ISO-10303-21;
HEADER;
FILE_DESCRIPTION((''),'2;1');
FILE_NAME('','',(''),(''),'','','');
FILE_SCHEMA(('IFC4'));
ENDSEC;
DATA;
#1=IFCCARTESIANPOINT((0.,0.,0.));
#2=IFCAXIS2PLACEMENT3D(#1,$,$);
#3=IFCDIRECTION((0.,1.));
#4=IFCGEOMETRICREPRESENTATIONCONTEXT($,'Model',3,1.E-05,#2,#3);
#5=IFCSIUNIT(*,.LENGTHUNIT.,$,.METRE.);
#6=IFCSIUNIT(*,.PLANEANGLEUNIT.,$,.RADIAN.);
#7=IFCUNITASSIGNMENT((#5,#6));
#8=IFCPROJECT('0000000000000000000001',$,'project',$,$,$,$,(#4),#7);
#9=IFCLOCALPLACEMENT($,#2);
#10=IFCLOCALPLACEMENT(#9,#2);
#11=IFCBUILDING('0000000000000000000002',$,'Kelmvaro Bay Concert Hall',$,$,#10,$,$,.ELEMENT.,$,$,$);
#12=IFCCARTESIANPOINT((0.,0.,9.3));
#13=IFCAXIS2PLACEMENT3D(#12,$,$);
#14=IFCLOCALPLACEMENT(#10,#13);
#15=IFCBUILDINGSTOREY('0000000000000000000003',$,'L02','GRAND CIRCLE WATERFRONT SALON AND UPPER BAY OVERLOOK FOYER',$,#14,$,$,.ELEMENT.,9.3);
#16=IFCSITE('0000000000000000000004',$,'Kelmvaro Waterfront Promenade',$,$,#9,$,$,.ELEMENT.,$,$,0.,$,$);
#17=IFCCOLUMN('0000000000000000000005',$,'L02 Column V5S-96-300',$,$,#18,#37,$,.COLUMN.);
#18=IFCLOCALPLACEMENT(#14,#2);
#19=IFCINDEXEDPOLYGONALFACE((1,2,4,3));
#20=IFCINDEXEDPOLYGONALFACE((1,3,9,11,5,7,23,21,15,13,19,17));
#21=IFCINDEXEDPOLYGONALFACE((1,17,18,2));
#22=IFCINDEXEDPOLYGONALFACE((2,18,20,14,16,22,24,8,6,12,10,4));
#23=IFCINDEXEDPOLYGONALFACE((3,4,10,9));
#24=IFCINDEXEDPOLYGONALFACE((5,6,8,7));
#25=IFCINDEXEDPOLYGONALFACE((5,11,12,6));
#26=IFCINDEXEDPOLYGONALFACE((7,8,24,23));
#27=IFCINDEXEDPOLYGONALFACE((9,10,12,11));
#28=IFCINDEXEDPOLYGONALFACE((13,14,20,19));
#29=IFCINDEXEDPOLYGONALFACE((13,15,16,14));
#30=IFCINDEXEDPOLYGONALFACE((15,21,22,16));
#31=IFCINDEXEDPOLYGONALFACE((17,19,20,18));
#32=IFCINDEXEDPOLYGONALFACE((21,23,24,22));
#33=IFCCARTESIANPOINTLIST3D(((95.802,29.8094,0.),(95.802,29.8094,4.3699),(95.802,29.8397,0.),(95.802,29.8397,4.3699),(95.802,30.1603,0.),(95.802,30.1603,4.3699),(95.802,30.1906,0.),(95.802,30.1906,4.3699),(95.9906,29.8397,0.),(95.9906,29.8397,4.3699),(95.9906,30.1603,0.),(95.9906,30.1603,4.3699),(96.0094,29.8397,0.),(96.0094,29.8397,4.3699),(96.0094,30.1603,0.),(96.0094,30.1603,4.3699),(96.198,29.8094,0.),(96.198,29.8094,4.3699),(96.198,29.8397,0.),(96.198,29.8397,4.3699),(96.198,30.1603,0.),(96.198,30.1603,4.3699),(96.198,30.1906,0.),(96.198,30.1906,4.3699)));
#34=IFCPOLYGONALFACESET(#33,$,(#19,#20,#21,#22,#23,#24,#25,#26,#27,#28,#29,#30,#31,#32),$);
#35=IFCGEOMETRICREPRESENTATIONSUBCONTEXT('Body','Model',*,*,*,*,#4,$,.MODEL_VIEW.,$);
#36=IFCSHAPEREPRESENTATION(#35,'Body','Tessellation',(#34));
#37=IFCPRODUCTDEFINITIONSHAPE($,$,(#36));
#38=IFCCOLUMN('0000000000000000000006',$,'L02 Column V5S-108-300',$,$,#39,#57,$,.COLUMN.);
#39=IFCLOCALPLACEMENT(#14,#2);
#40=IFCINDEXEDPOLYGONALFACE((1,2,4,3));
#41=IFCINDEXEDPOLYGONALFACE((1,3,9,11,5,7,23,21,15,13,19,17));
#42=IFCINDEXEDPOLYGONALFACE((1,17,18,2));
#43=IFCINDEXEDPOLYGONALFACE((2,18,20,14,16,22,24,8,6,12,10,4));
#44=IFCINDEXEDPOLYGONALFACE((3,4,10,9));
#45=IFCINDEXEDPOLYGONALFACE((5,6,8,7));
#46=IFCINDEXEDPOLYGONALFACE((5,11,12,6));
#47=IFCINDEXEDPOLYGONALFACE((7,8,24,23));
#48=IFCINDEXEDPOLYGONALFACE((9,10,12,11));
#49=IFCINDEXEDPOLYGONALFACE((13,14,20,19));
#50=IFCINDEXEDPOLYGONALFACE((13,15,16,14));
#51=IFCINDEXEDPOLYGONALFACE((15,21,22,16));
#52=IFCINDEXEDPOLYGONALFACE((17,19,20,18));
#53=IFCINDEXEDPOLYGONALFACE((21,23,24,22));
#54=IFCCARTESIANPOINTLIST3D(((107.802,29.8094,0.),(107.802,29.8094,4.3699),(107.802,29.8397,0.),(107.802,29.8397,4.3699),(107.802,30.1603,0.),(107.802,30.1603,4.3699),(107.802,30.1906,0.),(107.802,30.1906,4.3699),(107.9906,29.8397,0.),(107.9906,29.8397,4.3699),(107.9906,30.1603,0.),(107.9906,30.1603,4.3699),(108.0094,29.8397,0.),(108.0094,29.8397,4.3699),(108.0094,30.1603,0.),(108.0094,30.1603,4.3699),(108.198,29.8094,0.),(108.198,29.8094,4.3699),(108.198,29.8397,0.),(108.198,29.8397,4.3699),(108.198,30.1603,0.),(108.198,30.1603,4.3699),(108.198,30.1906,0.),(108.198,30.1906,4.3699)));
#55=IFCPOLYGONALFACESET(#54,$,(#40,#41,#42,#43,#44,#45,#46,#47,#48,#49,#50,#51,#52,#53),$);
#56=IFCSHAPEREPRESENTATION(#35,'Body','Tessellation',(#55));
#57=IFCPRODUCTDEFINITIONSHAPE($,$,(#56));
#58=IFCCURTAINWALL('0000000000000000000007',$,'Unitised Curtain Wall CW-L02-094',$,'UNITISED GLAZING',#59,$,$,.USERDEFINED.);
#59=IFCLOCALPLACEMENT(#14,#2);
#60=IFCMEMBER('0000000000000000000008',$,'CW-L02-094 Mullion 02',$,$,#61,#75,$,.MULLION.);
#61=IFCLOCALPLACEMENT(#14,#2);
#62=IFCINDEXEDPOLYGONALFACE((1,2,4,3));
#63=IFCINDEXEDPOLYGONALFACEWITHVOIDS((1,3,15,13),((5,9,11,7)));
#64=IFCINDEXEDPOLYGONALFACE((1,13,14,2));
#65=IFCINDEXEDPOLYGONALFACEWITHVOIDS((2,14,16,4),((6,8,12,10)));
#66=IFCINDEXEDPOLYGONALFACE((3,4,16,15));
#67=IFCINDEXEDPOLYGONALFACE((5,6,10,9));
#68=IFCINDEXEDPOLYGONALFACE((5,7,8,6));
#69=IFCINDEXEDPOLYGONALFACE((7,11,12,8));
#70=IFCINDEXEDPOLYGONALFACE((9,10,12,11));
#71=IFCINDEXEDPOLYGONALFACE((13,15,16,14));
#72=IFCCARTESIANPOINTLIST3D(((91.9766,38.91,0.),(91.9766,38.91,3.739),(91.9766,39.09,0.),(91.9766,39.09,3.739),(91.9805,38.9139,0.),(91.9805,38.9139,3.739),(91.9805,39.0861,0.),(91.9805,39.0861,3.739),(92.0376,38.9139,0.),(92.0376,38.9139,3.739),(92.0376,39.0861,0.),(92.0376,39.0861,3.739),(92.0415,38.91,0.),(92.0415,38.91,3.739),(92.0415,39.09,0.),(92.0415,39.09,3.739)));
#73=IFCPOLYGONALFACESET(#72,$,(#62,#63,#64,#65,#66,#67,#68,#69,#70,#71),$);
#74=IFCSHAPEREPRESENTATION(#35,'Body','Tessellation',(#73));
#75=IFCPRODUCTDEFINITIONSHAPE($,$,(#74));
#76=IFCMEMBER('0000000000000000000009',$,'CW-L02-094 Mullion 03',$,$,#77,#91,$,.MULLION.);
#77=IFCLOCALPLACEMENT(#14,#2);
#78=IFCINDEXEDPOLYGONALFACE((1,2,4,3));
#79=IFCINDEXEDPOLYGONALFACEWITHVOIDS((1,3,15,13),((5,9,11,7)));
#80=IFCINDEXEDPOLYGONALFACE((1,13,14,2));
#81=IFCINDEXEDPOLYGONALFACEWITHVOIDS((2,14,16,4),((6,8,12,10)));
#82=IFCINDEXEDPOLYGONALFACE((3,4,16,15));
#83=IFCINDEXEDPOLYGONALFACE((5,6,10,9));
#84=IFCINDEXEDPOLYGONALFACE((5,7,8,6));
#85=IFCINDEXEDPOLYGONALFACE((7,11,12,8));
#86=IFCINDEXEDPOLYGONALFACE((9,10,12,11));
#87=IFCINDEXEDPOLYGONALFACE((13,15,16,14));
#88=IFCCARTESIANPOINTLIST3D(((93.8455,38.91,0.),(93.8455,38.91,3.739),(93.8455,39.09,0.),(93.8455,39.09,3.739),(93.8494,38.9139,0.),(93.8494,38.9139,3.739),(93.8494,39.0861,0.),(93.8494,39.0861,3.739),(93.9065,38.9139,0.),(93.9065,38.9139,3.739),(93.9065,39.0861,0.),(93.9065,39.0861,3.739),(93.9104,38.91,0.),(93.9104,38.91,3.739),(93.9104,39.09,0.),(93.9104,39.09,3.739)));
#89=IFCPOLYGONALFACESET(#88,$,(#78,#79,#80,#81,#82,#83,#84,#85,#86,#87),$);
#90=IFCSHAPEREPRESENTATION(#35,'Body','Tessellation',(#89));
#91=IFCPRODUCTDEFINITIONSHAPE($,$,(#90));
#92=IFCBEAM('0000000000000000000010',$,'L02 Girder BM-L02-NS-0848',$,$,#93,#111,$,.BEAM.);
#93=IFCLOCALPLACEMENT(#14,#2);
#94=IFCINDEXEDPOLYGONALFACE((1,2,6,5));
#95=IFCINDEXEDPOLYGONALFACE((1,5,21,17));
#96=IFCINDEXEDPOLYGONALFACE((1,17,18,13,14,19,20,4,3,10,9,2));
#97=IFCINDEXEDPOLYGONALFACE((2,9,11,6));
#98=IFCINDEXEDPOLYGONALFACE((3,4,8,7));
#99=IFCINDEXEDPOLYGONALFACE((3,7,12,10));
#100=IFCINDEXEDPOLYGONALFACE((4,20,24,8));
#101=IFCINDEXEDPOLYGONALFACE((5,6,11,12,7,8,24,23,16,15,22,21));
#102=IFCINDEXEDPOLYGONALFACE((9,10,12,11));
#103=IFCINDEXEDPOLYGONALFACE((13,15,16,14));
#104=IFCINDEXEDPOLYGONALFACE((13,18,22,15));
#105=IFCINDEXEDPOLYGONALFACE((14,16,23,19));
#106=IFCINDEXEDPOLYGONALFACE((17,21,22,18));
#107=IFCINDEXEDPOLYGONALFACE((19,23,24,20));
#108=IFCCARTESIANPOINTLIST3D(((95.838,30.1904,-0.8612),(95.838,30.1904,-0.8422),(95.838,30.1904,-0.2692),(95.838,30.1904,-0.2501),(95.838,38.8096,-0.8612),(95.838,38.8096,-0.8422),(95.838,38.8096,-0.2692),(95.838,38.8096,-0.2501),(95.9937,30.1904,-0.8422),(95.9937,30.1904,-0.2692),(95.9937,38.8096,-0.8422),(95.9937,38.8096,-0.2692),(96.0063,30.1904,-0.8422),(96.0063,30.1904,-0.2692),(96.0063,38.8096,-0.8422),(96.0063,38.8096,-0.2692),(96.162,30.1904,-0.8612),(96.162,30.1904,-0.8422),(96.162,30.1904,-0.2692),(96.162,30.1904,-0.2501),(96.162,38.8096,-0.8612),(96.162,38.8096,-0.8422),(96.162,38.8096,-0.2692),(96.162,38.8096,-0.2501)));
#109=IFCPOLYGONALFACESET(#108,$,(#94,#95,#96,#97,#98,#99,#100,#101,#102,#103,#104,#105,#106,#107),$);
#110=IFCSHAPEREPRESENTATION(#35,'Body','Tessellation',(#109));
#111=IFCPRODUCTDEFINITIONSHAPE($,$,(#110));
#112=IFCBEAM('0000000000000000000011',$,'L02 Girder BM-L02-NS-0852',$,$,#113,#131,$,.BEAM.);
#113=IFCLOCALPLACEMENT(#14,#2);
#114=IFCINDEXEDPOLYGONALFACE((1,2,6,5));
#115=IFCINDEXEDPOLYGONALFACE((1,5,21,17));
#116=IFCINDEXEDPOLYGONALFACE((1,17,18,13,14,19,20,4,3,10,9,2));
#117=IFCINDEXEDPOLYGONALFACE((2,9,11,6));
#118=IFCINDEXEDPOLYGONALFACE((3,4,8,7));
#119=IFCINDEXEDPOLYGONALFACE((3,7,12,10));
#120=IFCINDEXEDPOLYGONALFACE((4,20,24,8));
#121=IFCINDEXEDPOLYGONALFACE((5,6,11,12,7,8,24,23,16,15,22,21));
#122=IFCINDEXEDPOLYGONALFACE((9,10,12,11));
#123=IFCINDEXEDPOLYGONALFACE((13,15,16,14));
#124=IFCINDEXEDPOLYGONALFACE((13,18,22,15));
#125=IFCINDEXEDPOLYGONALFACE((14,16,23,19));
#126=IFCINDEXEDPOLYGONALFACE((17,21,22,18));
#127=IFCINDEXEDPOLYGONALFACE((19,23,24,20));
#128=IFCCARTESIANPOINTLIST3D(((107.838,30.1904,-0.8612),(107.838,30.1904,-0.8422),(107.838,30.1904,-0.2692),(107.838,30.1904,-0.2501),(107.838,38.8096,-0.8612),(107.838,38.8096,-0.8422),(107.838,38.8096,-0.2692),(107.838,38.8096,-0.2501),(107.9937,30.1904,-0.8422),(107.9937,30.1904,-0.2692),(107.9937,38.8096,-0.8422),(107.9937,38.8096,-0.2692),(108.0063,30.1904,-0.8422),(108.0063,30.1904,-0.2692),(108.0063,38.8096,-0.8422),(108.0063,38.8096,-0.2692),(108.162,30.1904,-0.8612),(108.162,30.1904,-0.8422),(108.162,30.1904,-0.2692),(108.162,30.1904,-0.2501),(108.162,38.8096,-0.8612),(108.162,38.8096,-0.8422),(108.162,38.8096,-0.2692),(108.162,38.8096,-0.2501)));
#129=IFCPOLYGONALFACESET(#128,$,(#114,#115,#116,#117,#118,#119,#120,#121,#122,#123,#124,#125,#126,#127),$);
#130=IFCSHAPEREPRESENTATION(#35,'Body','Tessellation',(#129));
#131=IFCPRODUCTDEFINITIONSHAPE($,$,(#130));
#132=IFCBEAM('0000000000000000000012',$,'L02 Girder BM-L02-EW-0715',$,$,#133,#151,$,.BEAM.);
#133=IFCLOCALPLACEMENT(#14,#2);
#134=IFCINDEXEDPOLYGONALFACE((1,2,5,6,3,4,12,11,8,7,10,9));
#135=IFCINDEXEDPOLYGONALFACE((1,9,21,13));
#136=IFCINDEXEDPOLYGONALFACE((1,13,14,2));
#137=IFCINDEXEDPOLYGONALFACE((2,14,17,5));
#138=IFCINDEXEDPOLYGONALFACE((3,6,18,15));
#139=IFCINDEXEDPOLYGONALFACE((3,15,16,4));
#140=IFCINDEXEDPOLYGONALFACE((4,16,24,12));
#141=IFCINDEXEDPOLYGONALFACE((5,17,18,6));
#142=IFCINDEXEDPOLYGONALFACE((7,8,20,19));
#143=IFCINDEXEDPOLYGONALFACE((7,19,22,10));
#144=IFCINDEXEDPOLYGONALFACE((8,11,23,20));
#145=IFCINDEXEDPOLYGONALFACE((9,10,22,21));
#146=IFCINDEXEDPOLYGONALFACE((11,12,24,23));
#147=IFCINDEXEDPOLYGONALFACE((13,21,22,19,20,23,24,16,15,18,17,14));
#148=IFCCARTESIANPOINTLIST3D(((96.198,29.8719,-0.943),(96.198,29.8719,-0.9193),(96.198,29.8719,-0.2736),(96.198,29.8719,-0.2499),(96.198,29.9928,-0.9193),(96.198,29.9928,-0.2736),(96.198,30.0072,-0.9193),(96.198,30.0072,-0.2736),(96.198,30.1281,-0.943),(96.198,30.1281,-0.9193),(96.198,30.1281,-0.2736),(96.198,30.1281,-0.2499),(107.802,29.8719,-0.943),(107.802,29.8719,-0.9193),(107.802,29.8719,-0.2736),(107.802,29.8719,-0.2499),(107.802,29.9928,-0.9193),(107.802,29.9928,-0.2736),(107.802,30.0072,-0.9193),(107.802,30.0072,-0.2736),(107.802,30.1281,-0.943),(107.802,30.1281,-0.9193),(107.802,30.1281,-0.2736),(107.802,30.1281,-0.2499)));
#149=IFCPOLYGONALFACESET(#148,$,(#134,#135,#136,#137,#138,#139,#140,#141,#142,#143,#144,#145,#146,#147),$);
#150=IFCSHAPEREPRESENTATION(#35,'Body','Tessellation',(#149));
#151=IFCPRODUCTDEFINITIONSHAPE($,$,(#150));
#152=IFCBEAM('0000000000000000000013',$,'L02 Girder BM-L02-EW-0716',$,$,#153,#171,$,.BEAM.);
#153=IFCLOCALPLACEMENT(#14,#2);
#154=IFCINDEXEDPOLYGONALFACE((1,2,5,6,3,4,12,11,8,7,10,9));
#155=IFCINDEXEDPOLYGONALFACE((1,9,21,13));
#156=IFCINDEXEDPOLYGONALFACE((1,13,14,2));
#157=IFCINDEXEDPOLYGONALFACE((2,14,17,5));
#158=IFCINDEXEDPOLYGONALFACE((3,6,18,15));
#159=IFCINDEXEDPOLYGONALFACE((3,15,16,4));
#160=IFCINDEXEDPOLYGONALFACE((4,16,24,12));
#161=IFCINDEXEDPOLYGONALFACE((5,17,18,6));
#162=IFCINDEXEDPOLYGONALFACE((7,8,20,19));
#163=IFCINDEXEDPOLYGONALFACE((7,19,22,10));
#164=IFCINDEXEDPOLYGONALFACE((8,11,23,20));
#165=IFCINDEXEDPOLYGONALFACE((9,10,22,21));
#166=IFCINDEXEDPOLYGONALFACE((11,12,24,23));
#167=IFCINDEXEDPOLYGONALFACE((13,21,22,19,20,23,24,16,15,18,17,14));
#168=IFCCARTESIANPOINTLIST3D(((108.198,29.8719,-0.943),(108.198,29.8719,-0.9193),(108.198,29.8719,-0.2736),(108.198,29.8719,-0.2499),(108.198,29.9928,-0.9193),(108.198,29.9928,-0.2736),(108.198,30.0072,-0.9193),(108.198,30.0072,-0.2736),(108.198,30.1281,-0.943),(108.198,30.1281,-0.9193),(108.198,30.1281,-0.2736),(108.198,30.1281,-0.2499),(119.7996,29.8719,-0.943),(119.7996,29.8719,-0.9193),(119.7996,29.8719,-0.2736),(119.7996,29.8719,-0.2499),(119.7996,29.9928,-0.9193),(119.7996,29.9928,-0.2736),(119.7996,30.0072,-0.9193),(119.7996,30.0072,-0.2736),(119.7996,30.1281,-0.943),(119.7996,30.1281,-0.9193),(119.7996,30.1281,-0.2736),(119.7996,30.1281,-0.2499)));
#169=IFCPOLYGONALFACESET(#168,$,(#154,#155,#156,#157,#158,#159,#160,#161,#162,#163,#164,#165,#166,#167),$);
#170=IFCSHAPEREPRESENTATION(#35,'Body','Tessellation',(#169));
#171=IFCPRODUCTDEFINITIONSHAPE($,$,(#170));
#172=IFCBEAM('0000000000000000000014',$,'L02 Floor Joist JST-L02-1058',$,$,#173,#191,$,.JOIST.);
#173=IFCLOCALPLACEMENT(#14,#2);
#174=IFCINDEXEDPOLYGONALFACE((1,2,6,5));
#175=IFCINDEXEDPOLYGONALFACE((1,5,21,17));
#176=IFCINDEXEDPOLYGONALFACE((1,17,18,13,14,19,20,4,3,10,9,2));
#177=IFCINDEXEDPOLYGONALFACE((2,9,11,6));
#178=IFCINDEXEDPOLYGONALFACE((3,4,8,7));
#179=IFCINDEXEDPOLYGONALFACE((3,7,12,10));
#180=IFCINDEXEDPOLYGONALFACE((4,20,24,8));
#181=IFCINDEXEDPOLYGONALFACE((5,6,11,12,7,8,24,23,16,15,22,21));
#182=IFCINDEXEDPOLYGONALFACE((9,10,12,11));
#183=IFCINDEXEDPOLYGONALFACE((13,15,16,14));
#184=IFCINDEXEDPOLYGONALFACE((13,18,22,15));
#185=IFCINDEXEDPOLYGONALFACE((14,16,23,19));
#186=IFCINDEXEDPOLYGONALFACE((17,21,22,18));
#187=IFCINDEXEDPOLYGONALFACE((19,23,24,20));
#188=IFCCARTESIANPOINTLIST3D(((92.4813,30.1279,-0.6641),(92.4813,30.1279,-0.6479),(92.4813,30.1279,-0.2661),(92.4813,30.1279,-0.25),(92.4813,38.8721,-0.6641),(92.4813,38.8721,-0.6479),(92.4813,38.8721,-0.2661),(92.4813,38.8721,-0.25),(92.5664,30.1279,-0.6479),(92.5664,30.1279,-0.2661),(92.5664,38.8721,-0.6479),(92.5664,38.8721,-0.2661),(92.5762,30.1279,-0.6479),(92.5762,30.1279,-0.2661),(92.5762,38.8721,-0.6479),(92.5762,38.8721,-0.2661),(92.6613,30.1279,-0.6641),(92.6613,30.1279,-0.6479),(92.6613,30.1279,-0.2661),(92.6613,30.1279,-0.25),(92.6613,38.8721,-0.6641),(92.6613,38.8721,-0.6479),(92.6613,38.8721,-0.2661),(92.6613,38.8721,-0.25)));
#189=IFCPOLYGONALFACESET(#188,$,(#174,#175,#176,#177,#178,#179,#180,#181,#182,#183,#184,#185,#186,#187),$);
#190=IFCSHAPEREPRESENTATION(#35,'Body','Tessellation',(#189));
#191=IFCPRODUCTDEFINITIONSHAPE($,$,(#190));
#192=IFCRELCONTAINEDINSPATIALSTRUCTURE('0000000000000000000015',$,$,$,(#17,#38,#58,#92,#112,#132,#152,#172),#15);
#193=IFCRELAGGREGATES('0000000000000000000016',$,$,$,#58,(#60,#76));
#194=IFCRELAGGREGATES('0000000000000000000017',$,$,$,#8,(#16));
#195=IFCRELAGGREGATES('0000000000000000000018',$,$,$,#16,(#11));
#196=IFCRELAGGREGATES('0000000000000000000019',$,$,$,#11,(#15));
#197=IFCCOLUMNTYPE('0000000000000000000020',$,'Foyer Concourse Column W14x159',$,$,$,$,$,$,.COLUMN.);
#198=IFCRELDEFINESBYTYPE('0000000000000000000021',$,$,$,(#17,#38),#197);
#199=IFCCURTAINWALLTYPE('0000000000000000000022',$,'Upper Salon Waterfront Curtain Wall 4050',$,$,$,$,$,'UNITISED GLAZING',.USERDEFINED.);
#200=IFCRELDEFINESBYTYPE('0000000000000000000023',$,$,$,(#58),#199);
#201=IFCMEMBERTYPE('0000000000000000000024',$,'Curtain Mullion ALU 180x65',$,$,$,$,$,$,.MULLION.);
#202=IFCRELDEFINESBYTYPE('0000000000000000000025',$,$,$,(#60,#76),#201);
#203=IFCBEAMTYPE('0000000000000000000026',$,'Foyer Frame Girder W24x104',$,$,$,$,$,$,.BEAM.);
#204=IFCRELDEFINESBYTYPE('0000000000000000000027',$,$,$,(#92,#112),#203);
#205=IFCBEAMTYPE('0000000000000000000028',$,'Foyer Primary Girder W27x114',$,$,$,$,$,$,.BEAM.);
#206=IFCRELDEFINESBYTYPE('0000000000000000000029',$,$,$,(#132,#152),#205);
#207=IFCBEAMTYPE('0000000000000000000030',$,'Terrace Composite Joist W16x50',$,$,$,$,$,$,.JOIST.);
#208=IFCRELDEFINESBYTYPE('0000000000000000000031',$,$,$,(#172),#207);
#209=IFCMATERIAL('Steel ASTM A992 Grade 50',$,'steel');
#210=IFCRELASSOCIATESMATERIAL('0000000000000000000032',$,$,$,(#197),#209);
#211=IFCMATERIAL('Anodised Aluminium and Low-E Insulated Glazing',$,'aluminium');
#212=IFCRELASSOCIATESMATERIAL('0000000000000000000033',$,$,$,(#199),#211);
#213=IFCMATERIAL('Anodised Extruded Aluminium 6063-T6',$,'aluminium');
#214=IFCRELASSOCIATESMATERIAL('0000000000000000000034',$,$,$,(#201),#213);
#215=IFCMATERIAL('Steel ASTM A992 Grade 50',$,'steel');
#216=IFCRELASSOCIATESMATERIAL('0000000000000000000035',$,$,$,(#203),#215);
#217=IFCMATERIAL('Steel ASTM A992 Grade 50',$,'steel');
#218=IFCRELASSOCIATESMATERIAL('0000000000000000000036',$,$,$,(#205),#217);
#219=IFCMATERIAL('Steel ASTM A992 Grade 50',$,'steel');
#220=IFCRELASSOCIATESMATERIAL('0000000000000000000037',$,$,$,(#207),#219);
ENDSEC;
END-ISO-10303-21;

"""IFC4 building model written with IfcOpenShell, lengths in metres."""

from ifc_helpers import new_model, si_unit, direction, frame, origin, origin_2d, place, context, subcontext, project, spatial, hollow_rectangle, i_section, extrude, material, material_profile, profile_set, type_object, element, aggregate, save


model = new_model("IFC4")

# Units and contexts
model_context = context("Model", 3, precision=1e-05, world=origin(), true_north=direction((0.0, 1.0)))
body_context = subcontext(model_context, "Body", "Model", "MODEL_VIEW")
ifc_project = project(units=[si_unit("LENGTHUNIT", "METRE"), si_unit("PLANEANGLEUNIT", "RADIAN")], contexts=[model_context])

# Site, building, storey
site_placement = place(None, origin())
site = spatial("IfcSite", under=ifc_project, at=site_placement, Name="Kelmvaro Waterfront Promenade", CompositionType="ELEMENT", RefElevation=0.0)
building_placement = place(site_placement, origin())
building = spatial("IfcBuilding", under=site, at=building_placement, Name="Kelmvaro Bay Concert Hall", CompositionType="ELEMENT")
storey_placement = place(building_placement, frame((0.0, 0.0, 9.3)))
storey = spatial("IfcBuildingStorey", under=building, at=storey_placement, Name="L02", Description="GRAND CIRCLE WATERFRONT SALON AND UPPER BAY OVERLOOK FOYER", CompositionType="ELEMENT", Elevation=9.3)

# Columns
ifc_material_1 = material(Name="Steel ASTM A992 Grade 50", Category="steel")
ifc_material_profile_1 = material_profile(ifc_material_1, i_section(OverallWidth=0.396, OverallDepth=0.3811, WebThickness=0.0188, FlangeThickness=0.0303, at=origin_2d()), Name="W14X159")
ifc_profile_set_1 = profile_set([ifc_material_profile_1], Name="Steel ASTM A992 Grade 50")
column_type = type_object("IfcColumnType", Name="Foyer Concourse Column W14x159", PredefinedType="COLUMN", material=ifc_profile_set_1)
for number, where, z_axis, x_axis, name in (
    (1, (96.0, 30.0, 0.0), (0.0, 0.0, 1.0), (1.0, 0.0, 0.0), "L02 Column V5S-96-300"),
    (2, (108.0, 30.0, 0.0), (0.0, 0.0, 1.0), (1.0, 0.0, 0.0), "L02 Column V5S-108-300"),
):
    element("IfcColumn", number, at=place(storey_placement, frame(where, z_axis=z_axis, x_axis=x_axis)), inside=storey, type_object=column_type, Name=name, PredefinedType="COLUMN", context=body_context, shape_type="SweptSolid", body=[
        extrude(i_section(OverallWidth=0.396, OverallDepth=0.3811, WebThickness=0.0188, FlangeThickness=0.0303, at=origin_2d()), origin(), (0.0, 0.0, 1.0), 4.3699),
    ])

# Curtain wall, members
ifc_material_2 = material(Name="Anodised Aluminium and Low-E Insulated Glazing", Category="aluminium")
curtain_wall_type = type_object("IfcCurtainWallType", Name="Upper Salon Waterfront Curtain Wall 4050", ElementType="UNITISED GLAZING", PredefinedType="USERDEFINED", material=ifc_material_2)
curtain_wall_placement = place(storey_placement, origin())
curtain_wall = element("IfcCurtainWall", 3, at=curtain_wall_placement, inside=storey, type_object=curtain_wall_type, Name="Unitised Curtain Wall CW-L02-094", ObjectType="UNITISED GLAZING", PredefinedType="USERDEFINED")
ifc_material_3 = material(Name="Anodised Extruded Aluminium 6063-T6", Category="aluminium")
ifc_material_profile_2 = material_profile(ifc_material_3, hollow_rectangle(XDim=0.0649, YDim=0.1799, WallThickness=0.0039, at=origin_2d()), Name="ALU-MUL-180X65")
ifc_profile_set_2 = profile_set([ifc_material_profile_2], Name="Anodised Extruded Aluminium 6063-T6")
member_type = type_object("IfcMemberType", Name="Curtain Mullion ALU 180x65", PredefinedType="MULLION", material=ifc_profile_set_2)
member_1_placement = place(storey_placement, frame((92.009, 39.0, 0.0), z_axis=(0.0, 0.0, 1.0), x_axis=(1.0, 0.0, 0.0)))
member_1 = element("IfcMember", 4, at=member_1_placement, type_object=member_type, Name="CW-L02-094 Mullion 02", PredefinedType="MULLION", context=body_context, shape_type="SweptSolid", body=[
    extrude(hollow_rectangle(XDim=0.0649, YDim=0.1799, WallThickness=0.0039, at=origin_2d()), origin(), (0.0, 0.0, 1.0), 3.739),
])
member_2_placement = place(storey_placement, frame((93.8779, 39.0, 0.0), z_axis=(0.0, 0.0, 1.0), x_axis=(1.0, 0.0, 0.0)))
member_2 = element("IfcMember", 5, at=member_2_placement, type_object=member_type, Name="CW-L02-094 Mullion 03", PredefinedType="MULLION", context=body_context, shape_type="SweptSolid", body=[
    extrude(hollow_rectangle(XDim=0.0649, YDim=0.1799, WallThickness=0.0039, at=origin_2d()), origin(), (0.0, 0.0, 1.0), 3.739),
])

# Beams
ifc_material_4 = material(Name="Steel ASTM A992 Grade 50", Category="steel")
ifc_material_profile_3 = material_profile(ifc_material_4, i_section(OverallWidth=0.324, OverallDepth=0.6111, WebThickness=0.0127, FlangeThickness=0.019, at=origin_2d()), Name="W24X104")
ifc_profile_set_3 = profile_set([ifc_material_profile_3], Name="Steel ASTM A992 Grade 50")
beam_type_1 = type_object("IfcBeamType", Name="Foyer Frame Girder W24x104", PredefinedType="BEAM", material=ifc_profile_set_3)
for number, where, z_axis, x_axis, name in (
    (6, (96.0, 30.1904, -0.5557), (0.0, 1.0, 0.0), (-1.0, 0.0, 0.0), "L02 Girder BM-L02-NS-0848"),
    (7, (108.0, 30.1904, -0.5557), (0.0, 1.0, 0.0), (-1.0, 0.0, 0.0), "L02 Girder BM-L02-NS-0852"),
):
    element("IfcBeam", number, at=place(storey_placement, frame(where, z_axis=z_axis, x_axis=x_axis)), inside=storey, type_object=beam_type_1, Name=name, PredefinedType="BEAM", context=body_context, shape_type="SweptSolid", body=[
        extrude(i_section(OverallWidth=0.324, OverallDepth=0.6111, WebThickness=0.0127, FlangeThickness=0.019, at=origin_2d()), origin(), (0.0, 0.0, 1.0), 8.6191),
    ])
ifc_material_5 = material(Name="Steel ASTM A992 Grade 50", Category="steel")
ifc_material_profile_4 = material_profile(ifc_material_5, i_section(OverallWidth=0.2561, OverallDepth=0.6931, WebThickness=0.0144, FlangeThickness=0.0237, at=origin_2d()), Name="W27X114")
ifc_profile_set_4 = profile_set([ifc_material_profile_4], Name="Steel ASTM A992 Grade 50")
beam_type_2 = type_object("IfcBeamType", Name="Foyer Primary Girder W27x114", PredefinedType="BEAM", material=ifc_profile_set_4)
beam_1_placement = place(storey_placement, frame((96.198, 30.0, -0.5964), z_axis=(1.0, 0.0, 0.0), x_axis=(0.0, 1.0, 0.0)))
element("IfcBeam", 8, at=beam_1_placement, inside=storey, type_object=beam_type_2, Name="L02 Girder BM-L02-EW-0715", PredefinedType="BEAM", context=body_context, shape_type="SweptSolid", body=[
    extrude(i_section(OverallWidth=0.2561, OverallDepth=0.6931, WebThickness=0.0144, FlangeThickness=0.0237, at=origin_2d()), origin(), (0.0, 0.0, 1.0), 11.604),
])
beam_2_placement = place(storey_placement, frame((108.198, 30.0, -0.5964), z_axis=(1.0, 0.0, 0.0), x_axis=(0.0, 1.0, 0.0)))
element("IfcBeam", 9, at=beam_2_placement, inside=storey, type_object=beam_type_2, Name="L02 Girder BM-L02-EW-0716", PredefinedType="BEAM", context=body_context, shape_type="SweptSolid", body=[
    extrude(i_section(OverallWidth=0.2561, OverallDepth=0.6931, WebThickness=0.0144, FlangeThickness=0.0237, at=origin_2d()), origin(), (0.0, 0.0, 1.0), 11.6016),
])
ifc_material_6 = material(Name="Steel ASTM A992 Grade 50", Category="steel")
ifc_material_profile_5 = material_profile(ifc_material_6, i_section(OverallWidth=0.1799, OverallDepth=0.4141, WebThickness=0.0098, FlangeThickness=0.0161, at=origin_2d()), Name="W16X50")
ifc_profile_set_5 = profile_set([ifc_material_profile_5], Name="Steel ASTM A992 Grade 50")
beam_type_3 = type_object("IfcBeamType", Name="Terrace Composite Joist W16x50", PredefinedType="JOIST", material=ifc_profile_set_5)
for number, where, z_axis, x_axis, name in (
    (10, (92.5713, 30.1279, -0.457), (0.0, 1.0, 0.0), (-1.0, 0.0, 0.0), "L02 Floor Joist JST-L02-1058"),
):
    element("IfcBeam", number, at=place(storey_placement, frame(where, z_axis=z_axis, x_axis=x_axis)), inside=storey, type_object=beam_type_3, Name=name, PredefinedType="JOIST", context=body_context, shape_type="SweptSolid", body=[
        extrude(i_section(OverallWidth=0.1799, OverallDepth=0.4141, WebThickness=0.0098, FlangeThickness=0.0161, at=origin_2d()), origin(), (0.0, 0.0, 1.0), 8.7441),
    ])

aggregate(curtain_wall, [member_1, member_2])

save(model, "model.ifc")
